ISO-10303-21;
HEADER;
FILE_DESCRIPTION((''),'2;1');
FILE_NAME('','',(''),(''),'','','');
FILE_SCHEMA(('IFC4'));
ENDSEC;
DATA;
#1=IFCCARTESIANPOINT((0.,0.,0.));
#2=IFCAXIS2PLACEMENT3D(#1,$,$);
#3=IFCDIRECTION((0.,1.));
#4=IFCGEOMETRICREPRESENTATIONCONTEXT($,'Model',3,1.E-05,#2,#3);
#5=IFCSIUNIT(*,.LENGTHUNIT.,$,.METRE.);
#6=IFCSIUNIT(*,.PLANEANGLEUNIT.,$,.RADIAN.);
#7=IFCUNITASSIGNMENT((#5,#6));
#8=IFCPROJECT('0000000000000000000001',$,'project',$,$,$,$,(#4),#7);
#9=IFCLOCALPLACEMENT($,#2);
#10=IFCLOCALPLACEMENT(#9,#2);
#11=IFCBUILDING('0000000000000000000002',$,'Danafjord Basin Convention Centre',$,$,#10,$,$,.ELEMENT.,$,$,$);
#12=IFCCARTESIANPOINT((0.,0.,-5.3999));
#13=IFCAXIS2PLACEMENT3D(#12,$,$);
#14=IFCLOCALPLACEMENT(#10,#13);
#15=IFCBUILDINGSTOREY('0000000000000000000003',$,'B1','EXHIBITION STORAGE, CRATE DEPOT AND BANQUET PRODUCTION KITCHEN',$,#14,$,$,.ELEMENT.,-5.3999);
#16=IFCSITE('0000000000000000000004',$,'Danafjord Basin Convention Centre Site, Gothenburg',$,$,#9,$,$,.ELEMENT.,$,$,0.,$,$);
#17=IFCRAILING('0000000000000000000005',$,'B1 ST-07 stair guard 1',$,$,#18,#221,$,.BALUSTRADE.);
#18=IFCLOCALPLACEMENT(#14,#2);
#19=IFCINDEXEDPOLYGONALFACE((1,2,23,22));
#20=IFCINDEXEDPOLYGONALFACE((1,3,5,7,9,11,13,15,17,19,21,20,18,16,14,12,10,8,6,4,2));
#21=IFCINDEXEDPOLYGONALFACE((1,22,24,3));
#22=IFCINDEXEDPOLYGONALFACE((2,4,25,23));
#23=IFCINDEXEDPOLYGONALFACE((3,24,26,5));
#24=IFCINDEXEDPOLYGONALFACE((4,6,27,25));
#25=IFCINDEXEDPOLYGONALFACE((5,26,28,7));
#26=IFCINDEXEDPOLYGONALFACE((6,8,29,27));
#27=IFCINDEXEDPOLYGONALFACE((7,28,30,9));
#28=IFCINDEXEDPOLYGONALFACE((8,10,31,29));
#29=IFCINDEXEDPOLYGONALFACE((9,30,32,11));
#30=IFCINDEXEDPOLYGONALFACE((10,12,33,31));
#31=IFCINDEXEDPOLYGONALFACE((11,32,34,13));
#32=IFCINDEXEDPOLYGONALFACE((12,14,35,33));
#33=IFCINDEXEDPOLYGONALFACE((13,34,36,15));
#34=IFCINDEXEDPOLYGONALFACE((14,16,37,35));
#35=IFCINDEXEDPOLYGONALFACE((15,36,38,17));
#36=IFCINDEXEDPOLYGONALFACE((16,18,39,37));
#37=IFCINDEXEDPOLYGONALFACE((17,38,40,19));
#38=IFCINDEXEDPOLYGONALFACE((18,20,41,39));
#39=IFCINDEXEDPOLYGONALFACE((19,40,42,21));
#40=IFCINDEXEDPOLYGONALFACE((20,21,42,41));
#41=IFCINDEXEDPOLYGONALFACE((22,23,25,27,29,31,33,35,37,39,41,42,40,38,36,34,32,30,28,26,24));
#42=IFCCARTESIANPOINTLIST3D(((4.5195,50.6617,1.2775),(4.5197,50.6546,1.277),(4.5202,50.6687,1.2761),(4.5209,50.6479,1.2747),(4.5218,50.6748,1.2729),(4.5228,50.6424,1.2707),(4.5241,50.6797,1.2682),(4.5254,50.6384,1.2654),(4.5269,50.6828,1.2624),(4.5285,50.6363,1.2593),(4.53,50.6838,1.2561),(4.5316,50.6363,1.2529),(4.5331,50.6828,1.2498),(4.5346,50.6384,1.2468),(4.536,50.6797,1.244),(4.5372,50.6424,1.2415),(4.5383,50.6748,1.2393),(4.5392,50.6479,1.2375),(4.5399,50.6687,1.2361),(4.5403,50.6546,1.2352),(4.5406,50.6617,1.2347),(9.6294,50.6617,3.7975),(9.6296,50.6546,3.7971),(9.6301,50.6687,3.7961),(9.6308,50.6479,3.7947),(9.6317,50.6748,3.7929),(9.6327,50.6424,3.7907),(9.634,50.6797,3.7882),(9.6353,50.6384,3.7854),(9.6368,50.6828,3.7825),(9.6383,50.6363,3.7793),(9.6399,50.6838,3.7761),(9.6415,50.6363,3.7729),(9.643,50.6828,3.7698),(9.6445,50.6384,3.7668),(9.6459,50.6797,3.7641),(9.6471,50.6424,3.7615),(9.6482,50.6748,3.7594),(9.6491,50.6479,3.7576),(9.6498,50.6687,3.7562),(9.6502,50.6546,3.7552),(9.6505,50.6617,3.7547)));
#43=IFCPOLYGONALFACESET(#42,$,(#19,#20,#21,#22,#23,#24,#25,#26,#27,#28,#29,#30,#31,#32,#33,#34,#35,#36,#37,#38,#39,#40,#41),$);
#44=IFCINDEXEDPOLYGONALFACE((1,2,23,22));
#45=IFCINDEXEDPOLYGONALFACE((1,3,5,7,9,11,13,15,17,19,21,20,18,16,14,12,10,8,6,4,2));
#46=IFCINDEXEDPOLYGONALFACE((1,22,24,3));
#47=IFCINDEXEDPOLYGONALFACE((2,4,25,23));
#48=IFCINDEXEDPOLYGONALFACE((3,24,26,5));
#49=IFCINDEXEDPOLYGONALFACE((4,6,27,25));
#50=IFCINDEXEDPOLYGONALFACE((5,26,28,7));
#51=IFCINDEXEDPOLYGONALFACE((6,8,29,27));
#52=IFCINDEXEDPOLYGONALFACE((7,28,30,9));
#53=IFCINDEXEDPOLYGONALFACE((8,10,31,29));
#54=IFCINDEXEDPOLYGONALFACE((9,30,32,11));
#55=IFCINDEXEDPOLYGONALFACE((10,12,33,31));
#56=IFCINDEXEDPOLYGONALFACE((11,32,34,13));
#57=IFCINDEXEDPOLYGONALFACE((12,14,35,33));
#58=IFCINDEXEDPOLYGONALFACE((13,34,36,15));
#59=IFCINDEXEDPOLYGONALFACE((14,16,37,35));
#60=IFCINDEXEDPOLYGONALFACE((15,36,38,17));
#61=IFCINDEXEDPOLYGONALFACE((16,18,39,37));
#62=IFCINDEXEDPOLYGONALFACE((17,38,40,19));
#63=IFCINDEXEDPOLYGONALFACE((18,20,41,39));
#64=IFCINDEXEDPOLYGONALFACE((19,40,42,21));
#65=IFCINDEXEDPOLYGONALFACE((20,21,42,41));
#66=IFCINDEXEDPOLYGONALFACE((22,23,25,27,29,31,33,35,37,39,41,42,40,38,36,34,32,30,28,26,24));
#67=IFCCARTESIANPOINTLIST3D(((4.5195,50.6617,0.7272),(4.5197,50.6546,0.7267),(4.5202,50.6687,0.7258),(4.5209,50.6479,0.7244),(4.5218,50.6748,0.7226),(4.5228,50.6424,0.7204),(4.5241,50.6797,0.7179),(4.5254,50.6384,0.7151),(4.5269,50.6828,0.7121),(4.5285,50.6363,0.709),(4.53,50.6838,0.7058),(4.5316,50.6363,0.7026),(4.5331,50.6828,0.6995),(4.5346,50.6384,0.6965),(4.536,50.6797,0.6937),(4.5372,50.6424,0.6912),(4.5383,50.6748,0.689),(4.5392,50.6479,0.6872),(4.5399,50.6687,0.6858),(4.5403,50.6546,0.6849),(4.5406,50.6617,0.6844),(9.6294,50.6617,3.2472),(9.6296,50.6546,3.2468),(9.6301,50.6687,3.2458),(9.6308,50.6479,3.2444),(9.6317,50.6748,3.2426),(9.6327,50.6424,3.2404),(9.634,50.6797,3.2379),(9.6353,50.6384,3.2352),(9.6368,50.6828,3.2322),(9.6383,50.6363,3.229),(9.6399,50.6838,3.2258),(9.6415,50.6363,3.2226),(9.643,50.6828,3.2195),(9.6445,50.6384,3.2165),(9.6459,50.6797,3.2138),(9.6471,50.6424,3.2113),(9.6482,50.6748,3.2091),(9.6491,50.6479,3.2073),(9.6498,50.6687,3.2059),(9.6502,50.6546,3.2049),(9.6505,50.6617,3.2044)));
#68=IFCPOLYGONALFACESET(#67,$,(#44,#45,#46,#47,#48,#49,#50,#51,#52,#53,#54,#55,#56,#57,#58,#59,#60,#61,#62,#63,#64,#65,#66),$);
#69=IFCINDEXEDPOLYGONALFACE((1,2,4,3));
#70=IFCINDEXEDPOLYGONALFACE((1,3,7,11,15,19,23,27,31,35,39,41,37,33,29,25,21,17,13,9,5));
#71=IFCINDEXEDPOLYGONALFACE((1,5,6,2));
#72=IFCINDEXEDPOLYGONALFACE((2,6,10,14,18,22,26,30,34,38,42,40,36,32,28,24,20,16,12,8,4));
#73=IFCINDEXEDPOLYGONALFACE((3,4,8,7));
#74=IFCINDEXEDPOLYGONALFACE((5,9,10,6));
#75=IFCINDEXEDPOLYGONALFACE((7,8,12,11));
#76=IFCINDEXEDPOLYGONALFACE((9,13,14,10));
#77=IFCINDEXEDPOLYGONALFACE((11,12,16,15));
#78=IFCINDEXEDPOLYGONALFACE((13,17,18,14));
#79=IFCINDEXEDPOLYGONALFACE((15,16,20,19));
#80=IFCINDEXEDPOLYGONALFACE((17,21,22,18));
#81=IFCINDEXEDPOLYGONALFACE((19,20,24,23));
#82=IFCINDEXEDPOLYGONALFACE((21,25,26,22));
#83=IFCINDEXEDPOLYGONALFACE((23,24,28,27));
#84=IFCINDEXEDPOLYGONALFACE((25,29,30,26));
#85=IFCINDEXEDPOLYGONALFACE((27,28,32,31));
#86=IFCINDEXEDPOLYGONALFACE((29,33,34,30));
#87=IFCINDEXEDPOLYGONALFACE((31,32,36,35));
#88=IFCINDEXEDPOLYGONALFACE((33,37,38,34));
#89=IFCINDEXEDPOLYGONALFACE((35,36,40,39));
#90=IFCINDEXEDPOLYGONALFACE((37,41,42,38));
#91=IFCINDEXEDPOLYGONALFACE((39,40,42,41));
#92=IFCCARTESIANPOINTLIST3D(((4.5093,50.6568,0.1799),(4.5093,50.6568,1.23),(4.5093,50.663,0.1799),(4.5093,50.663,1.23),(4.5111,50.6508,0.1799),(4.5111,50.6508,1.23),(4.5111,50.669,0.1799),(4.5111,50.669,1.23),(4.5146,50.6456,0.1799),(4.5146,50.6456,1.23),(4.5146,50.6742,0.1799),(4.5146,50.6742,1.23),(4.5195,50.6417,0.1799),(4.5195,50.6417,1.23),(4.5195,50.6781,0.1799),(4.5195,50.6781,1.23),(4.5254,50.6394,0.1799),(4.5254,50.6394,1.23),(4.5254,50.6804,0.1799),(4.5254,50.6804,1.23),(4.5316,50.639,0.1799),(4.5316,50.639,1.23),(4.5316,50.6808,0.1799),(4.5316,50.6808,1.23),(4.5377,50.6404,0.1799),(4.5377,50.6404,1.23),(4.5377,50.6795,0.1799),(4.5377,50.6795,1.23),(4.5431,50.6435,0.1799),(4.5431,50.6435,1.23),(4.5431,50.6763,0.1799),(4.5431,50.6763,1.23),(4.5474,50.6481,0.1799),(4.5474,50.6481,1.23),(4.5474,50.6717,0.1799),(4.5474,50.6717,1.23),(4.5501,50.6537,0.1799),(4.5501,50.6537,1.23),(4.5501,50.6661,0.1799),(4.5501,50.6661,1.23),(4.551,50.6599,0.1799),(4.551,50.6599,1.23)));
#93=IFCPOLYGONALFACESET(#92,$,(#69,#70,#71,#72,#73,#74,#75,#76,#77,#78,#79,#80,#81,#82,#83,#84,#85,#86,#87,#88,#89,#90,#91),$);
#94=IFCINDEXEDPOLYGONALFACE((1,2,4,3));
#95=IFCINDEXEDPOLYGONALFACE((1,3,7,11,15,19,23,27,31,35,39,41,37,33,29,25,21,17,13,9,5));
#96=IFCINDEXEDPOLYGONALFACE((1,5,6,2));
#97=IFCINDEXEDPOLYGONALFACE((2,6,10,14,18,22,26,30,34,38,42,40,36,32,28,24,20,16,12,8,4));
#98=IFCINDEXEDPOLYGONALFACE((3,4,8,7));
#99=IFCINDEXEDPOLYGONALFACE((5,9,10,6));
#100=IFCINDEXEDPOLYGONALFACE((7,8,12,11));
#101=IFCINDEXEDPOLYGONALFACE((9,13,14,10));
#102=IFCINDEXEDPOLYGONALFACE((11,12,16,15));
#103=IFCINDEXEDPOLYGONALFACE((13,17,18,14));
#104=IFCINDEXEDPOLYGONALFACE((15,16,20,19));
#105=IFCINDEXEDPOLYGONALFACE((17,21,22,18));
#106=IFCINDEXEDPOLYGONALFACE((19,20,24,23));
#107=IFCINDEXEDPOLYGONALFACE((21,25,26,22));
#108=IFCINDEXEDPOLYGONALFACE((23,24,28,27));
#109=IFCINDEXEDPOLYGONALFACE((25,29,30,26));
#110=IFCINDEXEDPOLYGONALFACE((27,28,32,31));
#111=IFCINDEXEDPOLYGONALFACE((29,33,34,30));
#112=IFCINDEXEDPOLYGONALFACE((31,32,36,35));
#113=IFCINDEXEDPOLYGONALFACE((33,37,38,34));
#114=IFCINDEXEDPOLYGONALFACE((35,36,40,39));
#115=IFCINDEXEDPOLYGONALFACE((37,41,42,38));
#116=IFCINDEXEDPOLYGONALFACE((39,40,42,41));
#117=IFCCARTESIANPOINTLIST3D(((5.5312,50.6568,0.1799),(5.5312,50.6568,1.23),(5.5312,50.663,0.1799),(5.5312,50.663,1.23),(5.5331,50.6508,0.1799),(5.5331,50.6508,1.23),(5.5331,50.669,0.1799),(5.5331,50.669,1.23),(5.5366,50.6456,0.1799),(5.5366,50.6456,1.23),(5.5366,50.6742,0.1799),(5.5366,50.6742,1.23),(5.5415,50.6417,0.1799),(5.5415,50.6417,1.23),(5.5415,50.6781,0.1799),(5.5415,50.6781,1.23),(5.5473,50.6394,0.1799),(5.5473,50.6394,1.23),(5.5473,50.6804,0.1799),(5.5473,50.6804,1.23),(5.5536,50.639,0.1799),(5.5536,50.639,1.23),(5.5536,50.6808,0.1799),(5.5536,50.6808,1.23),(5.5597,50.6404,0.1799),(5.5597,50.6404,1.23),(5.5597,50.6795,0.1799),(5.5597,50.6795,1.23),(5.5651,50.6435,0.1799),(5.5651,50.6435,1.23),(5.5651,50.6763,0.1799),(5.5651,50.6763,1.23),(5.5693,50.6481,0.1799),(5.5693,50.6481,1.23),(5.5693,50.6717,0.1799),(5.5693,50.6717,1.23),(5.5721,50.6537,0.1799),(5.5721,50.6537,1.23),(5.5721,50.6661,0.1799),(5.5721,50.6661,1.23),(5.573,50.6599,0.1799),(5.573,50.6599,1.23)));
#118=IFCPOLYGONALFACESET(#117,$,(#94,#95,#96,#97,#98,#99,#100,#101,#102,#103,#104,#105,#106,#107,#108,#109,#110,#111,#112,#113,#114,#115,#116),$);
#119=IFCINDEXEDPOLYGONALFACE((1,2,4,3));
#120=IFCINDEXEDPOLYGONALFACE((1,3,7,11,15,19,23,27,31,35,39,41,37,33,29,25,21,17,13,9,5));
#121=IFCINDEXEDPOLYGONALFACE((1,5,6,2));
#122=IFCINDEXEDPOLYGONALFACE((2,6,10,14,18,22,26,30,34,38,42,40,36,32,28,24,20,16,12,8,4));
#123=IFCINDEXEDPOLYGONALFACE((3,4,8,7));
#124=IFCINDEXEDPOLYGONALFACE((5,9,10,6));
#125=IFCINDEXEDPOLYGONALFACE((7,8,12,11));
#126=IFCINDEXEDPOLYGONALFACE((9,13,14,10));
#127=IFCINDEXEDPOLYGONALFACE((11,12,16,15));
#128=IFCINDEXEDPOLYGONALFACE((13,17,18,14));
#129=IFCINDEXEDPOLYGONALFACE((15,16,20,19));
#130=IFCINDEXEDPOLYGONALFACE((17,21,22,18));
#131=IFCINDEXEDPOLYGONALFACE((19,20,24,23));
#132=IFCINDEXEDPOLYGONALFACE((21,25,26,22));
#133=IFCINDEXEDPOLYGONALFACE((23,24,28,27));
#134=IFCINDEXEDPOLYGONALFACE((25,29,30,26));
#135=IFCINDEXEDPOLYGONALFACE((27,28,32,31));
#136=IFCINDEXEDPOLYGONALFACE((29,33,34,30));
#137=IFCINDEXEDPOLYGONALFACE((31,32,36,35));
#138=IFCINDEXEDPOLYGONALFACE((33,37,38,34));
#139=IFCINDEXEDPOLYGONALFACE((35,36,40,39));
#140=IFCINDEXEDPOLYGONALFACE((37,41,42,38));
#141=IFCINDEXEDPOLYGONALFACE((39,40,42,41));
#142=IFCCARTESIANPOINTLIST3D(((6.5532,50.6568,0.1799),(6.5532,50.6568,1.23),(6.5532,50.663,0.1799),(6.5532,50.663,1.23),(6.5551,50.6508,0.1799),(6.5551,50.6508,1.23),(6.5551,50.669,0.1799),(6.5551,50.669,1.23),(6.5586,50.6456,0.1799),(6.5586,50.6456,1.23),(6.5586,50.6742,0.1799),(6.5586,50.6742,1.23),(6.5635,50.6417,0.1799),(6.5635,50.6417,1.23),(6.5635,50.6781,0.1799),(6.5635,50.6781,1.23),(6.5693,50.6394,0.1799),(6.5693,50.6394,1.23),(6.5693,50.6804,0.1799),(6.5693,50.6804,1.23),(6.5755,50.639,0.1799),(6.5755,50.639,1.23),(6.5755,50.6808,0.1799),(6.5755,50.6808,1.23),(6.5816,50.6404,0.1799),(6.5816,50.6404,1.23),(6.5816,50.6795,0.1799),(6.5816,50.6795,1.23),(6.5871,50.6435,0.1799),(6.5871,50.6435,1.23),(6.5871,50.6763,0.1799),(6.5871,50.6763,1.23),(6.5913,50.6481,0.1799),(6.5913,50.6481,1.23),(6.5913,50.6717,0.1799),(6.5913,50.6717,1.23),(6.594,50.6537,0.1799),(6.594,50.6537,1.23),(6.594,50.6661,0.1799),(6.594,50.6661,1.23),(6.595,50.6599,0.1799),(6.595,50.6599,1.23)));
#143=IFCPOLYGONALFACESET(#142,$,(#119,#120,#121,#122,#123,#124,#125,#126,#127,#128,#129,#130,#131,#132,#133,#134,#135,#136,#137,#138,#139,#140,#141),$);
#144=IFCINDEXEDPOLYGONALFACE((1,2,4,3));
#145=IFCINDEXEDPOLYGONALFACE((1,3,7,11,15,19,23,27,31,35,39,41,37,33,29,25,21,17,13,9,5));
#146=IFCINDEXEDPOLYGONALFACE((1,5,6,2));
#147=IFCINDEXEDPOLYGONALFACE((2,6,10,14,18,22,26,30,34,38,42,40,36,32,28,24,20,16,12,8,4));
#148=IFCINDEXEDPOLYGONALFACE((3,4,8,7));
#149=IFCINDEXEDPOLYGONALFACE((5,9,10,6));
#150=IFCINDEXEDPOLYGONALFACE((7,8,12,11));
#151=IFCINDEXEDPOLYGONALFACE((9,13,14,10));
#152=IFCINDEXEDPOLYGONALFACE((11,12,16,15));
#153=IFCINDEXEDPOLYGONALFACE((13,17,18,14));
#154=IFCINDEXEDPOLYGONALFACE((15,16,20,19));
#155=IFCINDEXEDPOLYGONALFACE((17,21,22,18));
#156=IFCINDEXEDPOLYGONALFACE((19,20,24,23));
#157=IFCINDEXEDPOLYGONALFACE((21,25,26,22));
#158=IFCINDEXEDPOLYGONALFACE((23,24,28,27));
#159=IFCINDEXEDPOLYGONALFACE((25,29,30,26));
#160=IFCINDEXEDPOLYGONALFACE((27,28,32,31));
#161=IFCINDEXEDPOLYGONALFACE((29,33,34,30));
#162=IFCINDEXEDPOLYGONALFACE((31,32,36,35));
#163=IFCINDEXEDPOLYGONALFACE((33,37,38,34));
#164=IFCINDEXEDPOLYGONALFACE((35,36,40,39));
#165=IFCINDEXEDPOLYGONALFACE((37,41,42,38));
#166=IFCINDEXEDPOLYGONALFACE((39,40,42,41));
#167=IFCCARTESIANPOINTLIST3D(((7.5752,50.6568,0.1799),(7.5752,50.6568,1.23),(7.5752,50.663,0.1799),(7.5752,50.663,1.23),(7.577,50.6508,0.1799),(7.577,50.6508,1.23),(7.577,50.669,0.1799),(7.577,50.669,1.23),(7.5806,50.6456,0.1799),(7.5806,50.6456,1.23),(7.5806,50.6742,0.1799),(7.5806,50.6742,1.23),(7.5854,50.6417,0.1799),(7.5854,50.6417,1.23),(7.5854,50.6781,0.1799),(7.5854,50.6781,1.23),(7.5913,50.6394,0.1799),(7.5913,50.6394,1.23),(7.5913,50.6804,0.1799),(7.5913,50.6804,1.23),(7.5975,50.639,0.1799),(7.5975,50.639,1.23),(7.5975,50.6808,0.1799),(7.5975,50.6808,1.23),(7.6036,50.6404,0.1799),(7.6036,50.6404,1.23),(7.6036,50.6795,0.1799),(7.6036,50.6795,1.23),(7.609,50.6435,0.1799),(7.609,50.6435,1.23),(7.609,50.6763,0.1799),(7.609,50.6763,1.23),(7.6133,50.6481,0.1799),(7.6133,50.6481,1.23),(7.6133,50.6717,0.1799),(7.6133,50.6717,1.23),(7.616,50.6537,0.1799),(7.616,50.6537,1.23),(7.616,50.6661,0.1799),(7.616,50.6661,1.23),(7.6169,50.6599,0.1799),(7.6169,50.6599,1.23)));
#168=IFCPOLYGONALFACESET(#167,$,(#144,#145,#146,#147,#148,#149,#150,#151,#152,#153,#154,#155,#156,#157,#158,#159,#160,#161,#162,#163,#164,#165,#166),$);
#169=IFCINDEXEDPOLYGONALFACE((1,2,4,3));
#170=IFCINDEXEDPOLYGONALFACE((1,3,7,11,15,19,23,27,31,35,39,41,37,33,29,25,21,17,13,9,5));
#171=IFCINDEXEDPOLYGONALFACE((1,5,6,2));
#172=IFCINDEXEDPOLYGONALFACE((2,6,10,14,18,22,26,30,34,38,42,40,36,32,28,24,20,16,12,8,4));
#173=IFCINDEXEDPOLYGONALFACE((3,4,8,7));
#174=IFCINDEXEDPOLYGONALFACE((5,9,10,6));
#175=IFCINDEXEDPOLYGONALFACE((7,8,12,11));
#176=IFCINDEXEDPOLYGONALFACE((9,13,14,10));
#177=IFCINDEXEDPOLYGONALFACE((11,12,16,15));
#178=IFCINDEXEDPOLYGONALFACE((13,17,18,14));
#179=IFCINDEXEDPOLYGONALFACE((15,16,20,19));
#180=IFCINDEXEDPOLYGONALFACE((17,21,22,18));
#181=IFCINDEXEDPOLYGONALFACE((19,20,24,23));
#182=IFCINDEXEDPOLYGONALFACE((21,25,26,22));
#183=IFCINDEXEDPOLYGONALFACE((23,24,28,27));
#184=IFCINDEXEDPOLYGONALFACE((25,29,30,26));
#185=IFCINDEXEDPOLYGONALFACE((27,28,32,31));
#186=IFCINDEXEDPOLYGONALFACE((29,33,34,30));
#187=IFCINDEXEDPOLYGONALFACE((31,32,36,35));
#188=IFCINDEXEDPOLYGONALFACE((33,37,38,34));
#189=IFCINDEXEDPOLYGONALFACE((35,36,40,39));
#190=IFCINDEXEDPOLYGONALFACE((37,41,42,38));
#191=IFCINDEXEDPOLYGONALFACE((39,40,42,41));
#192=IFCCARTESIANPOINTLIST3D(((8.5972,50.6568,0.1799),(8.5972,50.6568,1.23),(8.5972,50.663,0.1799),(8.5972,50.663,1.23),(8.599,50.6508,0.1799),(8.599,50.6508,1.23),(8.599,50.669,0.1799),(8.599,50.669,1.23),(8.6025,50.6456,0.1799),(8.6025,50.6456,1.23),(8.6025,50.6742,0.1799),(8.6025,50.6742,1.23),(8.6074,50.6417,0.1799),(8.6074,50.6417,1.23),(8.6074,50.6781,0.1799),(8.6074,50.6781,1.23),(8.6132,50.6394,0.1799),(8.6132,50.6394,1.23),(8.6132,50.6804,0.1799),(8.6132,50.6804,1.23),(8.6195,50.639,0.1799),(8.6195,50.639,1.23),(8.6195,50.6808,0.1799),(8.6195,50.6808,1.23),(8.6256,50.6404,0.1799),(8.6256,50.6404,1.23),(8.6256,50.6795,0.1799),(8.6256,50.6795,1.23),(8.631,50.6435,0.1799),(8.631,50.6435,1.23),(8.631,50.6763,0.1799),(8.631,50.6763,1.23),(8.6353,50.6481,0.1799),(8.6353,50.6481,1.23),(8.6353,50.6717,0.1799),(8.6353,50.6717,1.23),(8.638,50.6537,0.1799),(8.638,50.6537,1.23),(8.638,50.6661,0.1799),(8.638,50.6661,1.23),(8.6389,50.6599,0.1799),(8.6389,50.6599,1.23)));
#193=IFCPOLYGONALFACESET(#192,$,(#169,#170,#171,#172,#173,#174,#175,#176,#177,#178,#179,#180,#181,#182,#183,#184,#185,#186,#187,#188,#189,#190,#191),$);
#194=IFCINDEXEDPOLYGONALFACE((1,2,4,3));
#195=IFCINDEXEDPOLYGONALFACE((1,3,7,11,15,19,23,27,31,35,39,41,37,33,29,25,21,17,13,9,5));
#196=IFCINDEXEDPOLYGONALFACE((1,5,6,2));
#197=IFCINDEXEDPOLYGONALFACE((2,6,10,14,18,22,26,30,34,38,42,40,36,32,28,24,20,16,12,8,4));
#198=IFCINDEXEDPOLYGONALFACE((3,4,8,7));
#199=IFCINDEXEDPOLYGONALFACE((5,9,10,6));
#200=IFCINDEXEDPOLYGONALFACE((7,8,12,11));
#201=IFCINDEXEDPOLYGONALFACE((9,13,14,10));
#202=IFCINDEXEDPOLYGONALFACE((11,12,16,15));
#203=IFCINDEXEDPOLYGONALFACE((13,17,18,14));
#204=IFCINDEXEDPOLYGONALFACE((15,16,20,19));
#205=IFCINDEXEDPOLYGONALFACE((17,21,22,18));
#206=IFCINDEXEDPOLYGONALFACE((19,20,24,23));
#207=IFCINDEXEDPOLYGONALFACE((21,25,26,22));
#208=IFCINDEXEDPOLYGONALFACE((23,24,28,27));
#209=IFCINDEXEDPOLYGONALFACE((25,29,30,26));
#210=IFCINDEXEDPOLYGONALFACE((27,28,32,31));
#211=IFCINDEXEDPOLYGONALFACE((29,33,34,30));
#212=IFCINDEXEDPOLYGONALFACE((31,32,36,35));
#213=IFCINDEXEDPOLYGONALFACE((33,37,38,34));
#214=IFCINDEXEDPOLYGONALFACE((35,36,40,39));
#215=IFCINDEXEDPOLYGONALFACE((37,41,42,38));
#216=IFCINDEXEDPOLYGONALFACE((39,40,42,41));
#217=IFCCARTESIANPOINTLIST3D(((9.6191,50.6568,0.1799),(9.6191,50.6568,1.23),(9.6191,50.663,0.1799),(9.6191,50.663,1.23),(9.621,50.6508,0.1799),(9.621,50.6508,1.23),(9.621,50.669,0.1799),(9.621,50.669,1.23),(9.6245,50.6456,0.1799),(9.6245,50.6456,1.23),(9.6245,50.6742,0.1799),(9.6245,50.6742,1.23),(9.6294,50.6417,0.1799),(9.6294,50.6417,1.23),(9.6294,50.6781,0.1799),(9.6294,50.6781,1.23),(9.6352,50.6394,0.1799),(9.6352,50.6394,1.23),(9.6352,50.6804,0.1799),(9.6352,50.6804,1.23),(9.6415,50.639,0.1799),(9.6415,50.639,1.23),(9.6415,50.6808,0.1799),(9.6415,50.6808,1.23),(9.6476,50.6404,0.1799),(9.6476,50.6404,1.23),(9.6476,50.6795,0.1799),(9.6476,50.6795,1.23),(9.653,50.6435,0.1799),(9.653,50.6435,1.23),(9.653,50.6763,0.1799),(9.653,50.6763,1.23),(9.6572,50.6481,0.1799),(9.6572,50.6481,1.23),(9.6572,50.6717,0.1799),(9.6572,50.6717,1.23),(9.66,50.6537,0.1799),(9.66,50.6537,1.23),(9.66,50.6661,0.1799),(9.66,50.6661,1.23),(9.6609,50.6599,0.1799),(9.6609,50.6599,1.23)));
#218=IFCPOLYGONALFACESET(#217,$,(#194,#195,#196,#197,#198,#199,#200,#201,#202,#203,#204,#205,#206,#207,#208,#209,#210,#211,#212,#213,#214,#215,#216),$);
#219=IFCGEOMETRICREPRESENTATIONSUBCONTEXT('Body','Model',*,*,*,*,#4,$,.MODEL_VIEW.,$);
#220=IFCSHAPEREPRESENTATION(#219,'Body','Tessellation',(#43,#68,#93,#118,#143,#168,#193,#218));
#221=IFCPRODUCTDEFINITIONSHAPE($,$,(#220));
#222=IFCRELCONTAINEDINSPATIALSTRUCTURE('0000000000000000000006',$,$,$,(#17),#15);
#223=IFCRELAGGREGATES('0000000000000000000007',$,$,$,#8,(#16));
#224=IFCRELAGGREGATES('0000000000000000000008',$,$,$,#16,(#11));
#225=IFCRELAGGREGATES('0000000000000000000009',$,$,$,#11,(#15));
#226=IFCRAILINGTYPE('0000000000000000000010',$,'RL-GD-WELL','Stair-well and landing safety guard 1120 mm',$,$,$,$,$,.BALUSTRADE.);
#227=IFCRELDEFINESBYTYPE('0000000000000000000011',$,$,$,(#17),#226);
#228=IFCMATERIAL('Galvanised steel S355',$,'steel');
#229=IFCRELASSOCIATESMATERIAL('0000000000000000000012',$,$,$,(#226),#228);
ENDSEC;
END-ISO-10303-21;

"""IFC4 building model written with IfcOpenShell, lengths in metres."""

from ifc_helpers import new_model, si_unit, direction, frame, origin, origin_2d, place, context, subcontext, project, spatial, circle, extrude, material, type_object, element, save


model = new_model("IFC4")

# Units and contexts
model_context = context("Model", 3, precision=1e-05, world=origin(), true_north=direction((0.0, 1.0)))
body_context = subcontext(model_context, "Body", "Model", "MODEL_VIEW")
ifc_project = project(units=[si_unit("LENGTHUNIT", "METRE"), si_unit("PLANEANGLEUNIT", "RADIAN")], contexts=[model_context])

# Site, building, storey
site_placement = place(None, origin())
site = spatial("IfcSite", under=ifc_project, at=site_placement, Name="Danafjord Basin Convention Centre Site, Gothenburg", CompositionType="ELEMENT", RefElevation=0.0)
building_placement = place(site_placement, origin())
building = spatial("IfcBuilding", under=site, at=building_placement, Name="Danafjord Basin Convention Centre", CompositionType="ELEMENT")
storey_placement = place(building_placement, frame((0.0, 0.0, -5.3999)))
storey = spatial("IfcBuildingStorey", under=building, at=storey_placement, Name="B1", Description="EXHIBITION STORAGE, CRATE DEPOT AND BANQUET PRODUCTION KITCHEN", CompositionType="ELEMENT", Elevation=-5.3999)

# Railing
ifc_material_1 = material(Name="Galvanised steel S355", Category="steel")
railing_type_1 = type_object("IfcRailingType", Name="RL-GD-WELL", Description="Stair-well and landing safety guard 1120 mm", PredefinedType="BALUSTRADE", material=ifc_material_1)
railing_1_placement = place(storey_placement, frame((4.53, 50.6599, 0.1799)))
element("IfcRailing", 1, at=railing_1_placement, inside=storey, type_object=railing_type_1, Name="B1 ST-07 stair guard 1", PredefinedType="BALUSTRADE", context=body_context, shape_type="SweptSolid", body=[
    extrude(circle(Radius=0.0239, at=origin_2d()), frame((0.0, 0.0, 1.0762), z_axis=(0.896865, 0.0, 0.442305), x_axis=(0.0, 1.0, 0.0)), (0.0, 0.0, 1.0), 5.6975),
    extrude(circle(Radius=0.0239, at=origin_2d()), frame((0.0, 0.0, 0.5259), z_axis=(0.896865, 0.0, 0.442305), x_axis=(0.0, 1.0, 0.0)), (0.0, 0.0, 1.0), 5.6975),
    extrude(circle(Radius=0.021, at=origin_2d()), origin(), (0.0, 0.0, 1.0), 1.05),
    extrude(circle(Radius=0.021, at=origin_2d()), frame((1.022, 0.0, 0.0)), (0.0, 0.0, 1.0), 1.05),
    extrude(circle(Radius=0.021, at=origin_2d()), frame((2.0439, 0.0, 0.0)), (0.0, 0.0, 1.0), 1.05),
    extrude(circle(Radius=0.021, at=origin_2d()), frame((3.0659, 0.0, 0.0)), (0.0, 0.0, 1.0), 1.05),
    extrude(circle(Radius=0.021, at=origin_2d()), frame((4.0879, 0.0, 0.0)), (0.0, 0.0, 1.0), 1.05),
    extrude(circle(Radius=0.021, at=origin_2d()), frame((5.1099, 0.0, 0.0)), (0.0, 0.0, 1.0), 1.05),
])

save(model, "model.ifc")
